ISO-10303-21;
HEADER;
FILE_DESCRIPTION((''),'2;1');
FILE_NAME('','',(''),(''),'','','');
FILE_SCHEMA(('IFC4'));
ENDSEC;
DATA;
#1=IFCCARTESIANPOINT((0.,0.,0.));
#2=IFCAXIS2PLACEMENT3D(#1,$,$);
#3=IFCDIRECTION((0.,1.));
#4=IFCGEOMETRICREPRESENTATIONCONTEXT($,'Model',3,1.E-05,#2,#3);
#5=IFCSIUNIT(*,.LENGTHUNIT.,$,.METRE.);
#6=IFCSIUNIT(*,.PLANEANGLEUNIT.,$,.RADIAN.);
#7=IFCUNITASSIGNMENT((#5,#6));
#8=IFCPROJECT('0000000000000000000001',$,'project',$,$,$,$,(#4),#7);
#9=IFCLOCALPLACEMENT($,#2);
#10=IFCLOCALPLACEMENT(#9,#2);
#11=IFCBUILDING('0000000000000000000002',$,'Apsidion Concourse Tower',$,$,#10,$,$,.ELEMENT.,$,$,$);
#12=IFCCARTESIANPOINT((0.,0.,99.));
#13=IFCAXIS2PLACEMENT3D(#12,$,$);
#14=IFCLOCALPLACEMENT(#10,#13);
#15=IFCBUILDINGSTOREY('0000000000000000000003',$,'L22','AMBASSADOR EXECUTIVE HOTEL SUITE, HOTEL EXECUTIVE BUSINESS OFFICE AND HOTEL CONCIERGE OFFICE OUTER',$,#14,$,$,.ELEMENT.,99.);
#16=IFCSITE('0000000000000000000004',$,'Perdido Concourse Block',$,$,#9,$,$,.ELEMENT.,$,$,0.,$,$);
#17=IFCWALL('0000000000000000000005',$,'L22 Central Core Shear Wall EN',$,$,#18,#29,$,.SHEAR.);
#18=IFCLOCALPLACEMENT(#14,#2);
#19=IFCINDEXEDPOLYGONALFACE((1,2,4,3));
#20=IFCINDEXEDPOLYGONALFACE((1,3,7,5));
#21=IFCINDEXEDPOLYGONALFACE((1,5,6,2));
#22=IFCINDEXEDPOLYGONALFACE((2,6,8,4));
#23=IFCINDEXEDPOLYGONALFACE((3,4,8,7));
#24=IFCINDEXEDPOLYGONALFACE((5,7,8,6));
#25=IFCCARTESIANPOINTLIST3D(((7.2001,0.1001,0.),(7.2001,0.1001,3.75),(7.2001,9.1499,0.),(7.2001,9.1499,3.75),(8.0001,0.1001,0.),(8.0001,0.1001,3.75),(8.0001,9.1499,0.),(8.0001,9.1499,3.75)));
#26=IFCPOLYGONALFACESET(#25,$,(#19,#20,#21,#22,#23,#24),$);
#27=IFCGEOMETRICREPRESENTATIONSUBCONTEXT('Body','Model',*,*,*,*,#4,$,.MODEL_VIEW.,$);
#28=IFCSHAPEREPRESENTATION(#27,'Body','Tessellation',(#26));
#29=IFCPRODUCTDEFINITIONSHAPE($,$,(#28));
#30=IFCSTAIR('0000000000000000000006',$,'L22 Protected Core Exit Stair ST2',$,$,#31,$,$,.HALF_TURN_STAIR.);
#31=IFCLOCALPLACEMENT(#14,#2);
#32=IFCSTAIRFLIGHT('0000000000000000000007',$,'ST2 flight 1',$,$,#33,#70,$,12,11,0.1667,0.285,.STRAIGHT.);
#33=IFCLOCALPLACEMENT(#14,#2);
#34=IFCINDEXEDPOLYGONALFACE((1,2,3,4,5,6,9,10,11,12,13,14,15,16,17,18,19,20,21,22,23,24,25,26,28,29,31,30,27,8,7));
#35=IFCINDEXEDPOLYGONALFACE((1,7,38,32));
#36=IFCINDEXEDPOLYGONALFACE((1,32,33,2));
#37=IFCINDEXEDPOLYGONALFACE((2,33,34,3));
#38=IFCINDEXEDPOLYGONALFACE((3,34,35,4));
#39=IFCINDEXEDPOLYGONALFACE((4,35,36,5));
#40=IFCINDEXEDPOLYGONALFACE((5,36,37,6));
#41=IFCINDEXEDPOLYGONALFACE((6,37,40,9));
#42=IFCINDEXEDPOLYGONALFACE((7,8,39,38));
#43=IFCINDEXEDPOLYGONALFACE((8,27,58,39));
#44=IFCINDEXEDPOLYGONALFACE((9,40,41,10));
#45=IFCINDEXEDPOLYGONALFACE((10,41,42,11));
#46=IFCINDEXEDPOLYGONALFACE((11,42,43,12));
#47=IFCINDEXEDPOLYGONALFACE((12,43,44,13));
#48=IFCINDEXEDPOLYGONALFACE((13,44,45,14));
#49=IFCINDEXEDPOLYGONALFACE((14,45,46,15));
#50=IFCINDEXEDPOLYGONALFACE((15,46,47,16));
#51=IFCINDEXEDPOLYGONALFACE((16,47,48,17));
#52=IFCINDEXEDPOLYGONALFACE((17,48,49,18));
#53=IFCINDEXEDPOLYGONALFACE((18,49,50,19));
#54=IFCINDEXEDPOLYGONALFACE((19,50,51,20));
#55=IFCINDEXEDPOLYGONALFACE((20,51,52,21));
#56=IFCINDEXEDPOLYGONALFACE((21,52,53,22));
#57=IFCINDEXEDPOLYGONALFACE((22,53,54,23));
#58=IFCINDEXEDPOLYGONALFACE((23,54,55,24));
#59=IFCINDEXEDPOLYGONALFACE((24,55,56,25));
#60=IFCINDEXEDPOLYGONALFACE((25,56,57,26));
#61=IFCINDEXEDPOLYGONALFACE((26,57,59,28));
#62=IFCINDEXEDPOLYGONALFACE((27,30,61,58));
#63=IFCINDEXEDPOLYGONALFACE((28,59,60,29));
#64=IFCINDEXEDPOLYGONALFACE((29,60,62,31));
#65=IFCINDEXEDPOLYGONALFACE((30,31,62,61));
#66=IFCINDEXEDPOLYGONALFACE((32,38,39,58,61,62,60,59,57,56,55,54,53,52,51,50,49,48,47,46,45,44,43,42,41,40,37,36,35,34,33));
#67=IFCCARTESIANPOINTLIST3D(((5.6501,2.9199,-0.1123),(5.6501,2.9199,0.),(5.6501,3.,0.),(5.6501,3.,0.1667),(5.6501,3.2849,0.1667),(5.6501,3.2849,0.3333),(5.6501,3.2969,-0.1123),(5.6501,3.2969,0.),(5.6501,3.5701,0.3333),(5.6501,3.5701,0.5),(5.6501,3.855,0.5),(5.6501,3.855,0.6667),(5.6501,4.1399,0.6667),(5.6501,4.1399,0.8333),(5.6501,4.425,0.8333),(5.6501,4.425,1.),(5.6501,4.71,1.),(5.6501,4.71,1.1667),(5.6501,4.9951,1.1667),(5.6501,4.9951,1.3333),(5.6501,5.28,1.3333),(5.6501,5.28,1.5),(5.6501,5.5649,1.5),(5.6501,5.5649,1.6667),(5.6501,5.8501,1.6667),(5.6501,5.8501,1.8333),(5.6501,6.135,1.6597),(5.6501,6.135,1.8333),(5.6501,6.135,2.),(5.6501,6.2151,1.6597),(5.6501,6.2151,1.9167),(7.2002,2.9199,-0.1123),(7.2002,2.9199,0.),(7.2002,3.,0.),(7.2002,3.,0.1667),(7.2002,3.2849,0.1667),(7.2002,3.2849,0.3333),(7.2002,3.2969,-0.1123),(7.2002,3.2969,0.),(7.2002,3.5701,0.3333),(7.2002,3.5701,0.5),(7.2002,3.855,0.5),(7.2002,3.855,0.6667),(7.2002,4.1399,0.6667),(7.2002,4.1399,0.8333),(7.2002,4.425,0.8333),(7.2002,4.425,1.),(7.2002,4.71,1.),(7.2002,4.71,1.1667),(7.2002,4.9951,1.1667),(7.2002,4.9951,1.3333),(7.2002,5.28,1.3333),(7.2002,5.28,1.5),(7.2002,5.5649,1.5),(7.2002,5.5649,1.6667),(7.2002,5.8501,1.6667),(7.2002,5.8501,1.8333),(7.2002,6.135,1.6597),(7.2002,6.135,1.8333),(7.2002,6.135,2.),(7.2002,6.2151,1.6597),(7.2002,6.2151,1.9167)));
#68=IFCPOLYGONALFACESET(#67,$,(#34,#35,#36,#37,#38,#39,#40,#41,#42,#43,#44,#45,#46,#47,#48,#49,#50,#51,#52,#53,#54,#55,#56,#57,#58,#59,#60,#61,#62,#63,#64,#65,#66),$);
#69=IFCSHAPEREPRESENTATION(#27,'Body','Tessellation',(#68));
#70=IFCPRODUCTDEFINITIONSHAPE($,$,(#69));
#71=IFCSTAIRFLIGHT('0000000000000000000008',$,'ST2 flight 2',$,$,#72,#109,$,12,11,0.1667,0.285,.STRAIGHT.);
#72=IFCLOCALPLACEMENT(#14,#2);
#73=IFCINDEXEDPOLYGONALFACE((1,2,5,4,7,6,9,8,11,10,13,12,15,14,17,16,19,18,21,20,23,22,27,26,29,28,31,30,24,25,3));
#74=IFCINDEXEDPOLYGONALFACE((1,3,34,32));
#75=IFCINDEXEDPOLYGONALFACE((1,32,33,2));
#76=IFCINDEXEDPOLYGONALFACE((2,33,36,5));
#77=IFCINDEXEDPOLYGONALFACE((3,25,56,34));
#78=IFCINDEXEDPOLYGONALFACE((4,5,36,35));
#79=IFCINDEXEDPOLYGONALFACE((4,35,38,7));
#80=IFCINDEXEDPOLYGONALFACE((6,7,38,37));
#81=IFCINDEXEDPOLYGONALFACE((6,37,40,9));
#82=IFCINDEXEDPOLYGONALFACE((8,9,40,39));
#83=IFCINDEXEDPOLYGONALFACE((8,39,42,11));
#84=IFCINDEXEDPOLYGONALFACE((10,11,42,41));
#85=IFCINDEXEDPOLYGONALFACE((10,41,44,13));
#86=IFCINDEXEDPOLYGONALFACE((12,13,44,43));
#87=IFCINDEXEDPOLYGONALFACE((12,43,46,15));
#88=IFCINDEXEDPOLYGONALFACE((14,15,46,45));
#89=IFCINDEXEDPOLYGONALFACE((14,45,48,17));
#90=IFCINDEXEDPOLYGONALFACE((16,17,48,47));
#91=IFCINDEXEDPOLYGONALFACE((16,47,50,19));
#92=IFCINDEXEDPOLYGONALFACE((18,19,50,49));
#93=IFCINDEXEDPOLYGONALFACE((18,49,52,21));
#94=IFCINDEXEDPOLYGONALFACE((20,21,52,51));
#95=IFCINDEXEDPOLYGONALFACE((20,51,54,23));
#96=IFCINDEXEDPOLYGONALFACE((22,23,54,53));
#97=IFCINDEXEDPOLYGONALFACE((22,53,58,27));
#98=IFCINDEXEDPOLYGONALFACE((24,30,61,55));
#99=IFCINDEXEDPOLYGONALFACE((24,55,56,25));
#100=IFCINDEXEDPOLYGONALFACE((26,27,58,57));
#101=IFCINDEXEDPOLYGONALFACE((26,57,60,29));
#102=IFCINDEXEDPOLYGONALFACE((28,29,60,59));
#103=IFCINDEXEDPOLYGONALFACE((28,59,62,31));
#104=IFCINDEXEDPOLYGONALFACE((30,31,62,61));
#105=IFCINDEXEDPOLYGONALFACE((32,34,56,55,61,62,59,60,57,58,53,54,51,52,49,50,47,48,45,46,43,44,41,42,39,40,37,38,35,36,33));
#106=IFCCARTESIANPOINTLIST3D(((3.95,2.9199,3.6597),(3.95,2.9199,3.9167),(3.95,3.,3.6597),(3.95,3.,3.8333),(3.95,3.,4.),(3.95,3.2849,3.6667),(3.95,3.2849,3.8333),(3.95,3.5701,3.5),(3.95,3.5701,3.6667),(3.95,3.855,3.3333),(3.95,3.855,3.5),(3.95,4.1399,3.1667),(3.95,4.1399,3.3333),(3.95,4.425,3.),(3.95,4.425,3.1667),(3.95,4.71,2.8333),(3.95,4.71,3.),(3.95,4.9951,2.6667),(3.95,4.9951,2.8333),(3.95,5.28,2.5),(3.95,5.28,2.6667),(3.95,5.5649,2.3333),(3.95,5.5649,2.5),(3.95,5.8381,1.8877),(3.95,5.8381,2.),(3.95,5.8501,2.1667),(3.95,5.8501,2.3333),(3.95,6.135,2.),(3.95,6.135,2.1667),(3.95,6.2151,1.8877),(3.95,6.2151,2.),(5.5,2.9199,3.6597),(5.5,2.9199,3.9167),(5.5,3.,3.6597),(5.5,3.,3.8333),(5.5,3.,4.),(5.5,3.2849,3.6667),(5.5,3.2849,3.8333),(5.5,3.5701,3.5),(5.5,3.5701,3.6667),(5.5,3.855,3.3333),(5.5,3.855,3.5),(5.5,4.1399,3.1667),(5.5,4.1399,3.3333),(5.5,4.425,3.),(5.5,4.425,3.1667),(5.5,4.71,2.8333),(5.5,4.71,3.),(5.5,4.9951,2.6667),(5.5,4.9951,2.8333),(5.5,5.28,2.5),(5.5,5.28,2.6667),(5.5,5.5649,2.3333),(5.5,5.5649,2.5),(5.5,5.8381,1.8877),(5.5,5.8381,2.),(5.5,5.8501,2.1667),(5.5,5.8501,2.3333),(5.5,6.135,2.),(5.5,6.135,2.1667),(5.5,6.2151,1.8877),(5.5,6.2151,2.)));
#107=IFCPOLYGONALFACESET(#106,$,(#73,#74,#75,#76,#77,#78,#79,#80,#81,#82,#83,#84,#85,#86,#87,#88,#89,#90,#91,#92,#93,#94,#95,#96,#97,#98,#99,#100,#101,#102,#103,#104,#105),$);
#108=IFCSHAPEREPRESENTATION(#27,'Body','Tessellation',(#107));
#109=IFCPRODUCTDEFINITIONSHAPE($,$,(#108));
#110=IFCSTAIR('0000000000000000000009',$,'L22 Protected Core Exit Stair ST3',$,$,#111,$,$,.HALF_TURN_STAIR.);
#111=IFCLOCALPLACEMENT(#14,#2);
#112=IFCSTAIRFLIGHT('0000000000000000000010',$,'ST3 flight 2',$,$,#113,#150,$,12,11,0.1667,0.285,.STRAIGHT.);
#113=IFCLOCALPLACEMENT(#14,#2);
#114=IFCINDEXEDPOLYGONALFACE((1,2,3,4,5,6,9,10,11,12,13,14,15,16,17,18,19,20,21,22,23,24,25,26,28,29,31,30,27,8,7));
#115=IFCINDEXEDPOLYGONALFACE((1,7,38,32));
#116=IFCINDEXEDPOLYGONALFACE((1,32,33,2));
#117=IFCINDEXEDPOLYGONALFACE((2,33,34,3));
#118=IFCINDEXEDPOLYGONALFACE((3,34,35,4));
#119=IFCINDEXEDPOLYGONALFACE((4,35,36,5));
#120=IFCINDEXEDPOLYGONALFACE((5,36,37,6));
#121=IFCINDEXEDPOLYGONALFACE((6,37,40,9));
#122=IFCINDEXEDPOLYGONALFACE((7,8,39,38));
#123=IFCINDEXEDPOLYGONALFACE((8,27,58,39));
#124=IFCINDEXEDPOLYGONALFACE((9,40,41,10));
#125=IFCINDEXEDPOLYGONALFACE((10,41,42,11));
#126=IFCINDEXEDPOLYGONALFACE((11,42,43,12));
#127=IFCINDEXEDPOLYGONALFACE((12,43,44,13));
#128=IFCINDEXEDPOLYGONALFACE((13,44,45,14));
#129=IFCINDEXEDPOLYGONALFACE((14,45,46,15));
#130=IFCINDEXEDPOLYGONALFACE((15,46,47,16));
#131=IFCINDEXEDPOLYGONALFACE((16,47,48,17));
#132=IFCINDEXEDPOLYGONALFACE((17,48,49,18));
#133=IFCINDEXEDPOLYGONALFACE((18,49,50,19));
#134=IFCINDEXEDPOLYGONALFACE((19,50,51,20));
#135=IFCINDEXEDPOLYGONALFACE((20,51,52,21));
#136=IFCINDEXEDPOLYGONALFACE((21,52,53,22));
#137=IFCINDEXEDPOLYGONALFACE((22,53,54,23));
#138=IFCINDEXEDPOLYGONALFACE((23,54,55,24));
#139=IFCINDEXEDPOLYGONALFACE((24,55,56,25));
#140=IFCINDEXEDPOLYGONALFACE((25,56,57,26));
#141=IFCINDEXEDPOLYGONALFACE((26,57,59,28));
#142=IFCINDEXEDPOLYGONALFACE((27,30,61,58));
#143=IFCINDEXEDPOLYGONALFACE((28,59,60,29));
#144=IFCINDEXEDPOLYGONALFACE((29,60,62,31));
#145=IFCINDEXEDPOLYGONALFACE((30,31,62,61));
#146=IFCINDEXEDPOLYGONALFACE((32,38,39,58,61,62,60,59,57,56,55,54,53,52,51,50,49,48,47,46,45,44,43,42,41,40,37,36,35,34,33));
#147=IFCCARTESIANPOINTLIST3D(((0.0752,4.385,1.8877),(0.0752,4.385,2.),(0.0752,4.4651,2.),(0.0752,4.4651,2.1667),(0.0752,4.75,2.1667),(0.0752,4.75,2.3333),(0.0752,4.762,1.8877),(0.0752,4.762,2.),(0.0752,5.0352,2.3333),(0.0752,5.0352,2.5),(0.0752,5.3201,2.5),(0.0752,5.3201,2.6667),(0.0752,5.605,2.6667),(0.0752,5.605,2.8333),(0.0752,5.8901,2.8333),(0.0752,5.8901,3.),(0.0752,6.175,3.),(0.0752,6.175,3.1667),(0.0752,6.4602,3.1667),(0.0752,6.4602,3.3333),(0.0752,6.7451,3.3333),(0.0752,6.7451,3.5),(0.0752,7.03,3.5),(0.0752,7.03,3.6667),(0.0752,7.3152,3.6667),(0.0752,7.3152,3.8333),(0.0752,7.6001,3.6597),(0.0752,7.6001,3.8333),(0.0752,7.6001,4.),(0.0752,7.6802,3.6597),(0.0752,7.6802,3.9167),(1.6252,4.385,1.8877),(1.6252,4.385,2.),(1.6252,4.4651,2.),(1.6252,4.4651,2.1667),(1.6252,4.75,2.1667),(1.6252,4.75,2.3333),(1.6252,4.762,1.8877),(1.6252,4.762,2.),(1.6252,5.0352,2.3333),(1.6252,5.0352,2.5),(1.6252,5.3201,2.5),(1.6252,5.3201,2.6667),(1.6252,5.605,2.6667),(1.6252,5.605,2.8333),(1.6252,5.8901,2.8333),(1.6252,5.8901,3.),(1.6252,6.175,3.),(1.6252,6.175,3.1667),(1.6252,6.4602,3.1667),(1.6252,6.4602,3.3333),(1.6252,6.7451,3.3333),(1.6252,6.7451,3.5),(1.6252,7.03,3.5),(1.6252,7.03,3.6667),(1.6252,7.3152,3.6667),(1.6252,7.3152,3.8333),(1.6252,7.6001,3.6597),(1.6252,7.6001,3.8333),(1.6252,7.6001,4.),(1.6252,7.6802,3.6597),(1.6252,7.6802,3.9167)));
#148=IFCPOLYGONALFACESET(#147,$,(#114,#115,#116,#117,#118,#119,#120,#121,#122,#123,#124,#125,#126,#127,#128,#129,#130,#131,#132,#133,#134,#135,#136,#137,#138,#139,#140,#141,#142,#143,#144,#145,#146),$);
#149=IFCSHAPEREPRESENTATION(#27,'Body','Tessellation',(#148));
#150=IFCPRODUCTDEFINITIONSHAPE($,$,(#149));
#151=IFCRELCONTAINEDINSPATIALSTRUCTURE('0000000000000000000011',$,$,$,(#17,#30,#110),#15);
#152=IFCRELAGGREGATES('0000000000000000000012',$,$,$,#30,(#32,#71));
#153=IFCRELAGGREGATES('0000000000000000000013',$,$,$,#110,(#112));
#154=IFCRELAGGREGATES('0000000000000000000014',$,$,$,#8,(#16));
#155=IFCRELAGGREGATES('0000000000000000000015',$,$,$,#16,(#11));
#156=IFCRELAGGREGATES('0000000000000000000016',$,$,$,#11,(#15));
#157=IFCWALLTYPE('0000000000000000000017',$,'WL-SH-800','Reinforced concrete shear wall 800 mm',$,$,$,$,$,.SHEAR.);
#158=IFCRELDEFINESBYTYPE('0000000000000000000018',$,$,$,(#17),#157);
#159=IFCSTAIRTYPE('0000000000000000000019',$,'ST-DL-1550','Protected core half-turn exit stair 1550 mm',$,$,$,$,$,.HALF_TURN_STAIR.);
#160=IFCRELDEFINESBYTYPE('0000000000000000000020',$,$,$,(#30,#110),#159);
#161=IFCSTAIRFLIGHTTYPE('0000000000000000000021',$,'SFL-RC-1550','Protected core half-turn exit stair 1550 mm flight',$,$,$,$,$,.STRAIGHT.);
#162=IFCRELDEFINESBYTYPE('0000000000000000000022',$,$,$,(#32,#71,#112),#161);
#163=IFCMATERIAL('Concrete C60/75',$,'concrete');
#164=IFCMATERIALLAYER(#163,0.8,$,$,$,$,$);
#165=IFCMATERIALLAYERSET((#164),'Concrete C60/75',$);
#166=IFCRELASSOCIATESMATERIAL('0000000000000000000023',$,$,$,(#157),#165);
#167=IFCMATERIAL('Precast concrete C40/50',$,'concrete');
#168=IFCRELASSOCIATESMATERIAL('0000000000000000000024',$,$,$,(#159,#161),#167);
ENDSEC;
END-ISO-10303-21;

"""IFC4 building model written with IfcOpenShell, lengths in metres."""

from ifc_helpers import new_model, si_unit, direction, frame, frame_2d, origin, place, context, subcontext, project, spatial, polyline, rectangle, outline, extrude, material, layer, layer_set, type_object, element, aggregate, save


model = new_model("IFC4")

# Units and contexts
model_context = context("Model", 3, precision=1e-05, world=origin(), true_north=direction((0.0, 1.0)))
body_context = subcontext(model_context, "Body", "Model", "MODEL_VIEW")
ifc_project = project(units=[si_unit("LENGTHUNIT", "METRE"), si_unit("PLANEANGLEUNIT", "RADIAN")], contexts=[model_context])

# Site, building, storey
site_placement = place(None, origin())
site = spatial("IfcSite", under=ifc_project, at=site_placement, Name="Perdido Concourse Block", CompositionType="ELEMENT", RefElevation=0.0)
building_placement = place(site_placement, origin())
building = spatial("IfcBuilding", under=site, at=building_placement, Name="Apsidion Concourse Tower", CompositionType="ELEMENT")
storey_placement = place(building_placement, frame((0.0, 0.0, 99.0)))
storey = spatial("IfcBuildingStorey", under=building, at=storey_placement, Name="L22", Description="AMBASSADOR EXECUTIVE HOTEL SUITE, HOTEL EXECUTIVE BUSINESS OFFICE AND HOTEL CONCIERGE OFFICE OUTER", CompositionType="ELEMENT", Elevation=99.0)

# Shared definitions
ifc_material_1 = material(Name="Concrete C60/75", Category="concrete")

# Wall
ifc_layer_1 = layer(ifc_material_1, 0.8)
ifc_layer_set_1 = layer_set([ifc_layer_1], Name="Concrete C60/75")
wall_type_1 = type_object("IfcWallType", Name="WL-SH-800", Description="Reinforced concrete shear wall 800 mm", PredefinedType="SHEAR", material=ifc_layer_set_1)
wall_1_placement = place(storey_placement, frame((7.6001, 0.1001, 0.0), z_axis=(0.0, 0.0, 1.0), x_axis=(0.0, 1.0, 0.0)))
element("IfcWall", 1, at=wall_1_placement, inside=storey, type_object=wall_type_1, Name="L22 Central Core Shear Wall EN", PredefinedType="SHEAR", context=body_context, shape_type="SweptSolid", body=[
    extrude(rectangle(XDim=9.0498, YDim=0.8, at=frame_2d((4.5249, 0.0))), origin(), (0.0, 0.0, 1.0), 3.75),
])

# Stair, stair flights
ifc_material_2 = material(Name="Precast concrete C40/50", Category="concrete")
stair_type = type_object("IfcStairType", Name="ST-DL-1550", Description="Protected core half-turn exit stair 1550 mm", PredefinedType="HALF_TURN_STAIR", material=ifc_material_2)
stair_1_placement = place(storey_placement, origin())
stair_1 = element("IfcStair", 2, at=stair_1_placement, inside=storey, type_object=stair_type, Name="L22 Protected Core Exit Stair ST2", PredefinedType="HALF_TURN_STAIR")
stair_flight_type = type_object("IfcStairFlightType", Name="SFL-RC-1550", Description="Protected core half-turn exit stair 1550 mm flight", PredefinedType="STRAIGHT", material=ifc_material_2)
stair_flight_1_placement = place(storey_placement, frame((6.425, 3.0, 0.0), z_axis=(0.0, 0.0, 1.0), x_axis=(0.0, 1.0, 0.0)))
stair_flight_1 = element("IfcStairFlight", 3, at=stair_flight_1_placement, type_object=stair_flight_type, Name="ST2 flight 1", NumberOfRisers=12, NumberOfTreads=11, PredefinedType="STRAIGHT", RiserHeight=0.1667, TreadLength=0.285, context=body_context, shape_type="SweptSolid", body=[
    extrude(outline(polyline([(-0.0801, -0.1123), (-0.0801, 0.0), (0.0, 0.0), (0.0, 0.1667), (0.2849, 0.1667), (0.2849, 0.3333), (0.5701, 0.3333), (0.5701, 0.5), (0.855, 0.5), (0.855, 0.6667), (1.1399, 0.6667), (1.1399, 0.8333), (1.425, 0.8333), (1.425, 1.0), (1.71, 1.0), (1.71, 1.1667), (1.9951, 1.1667), (1.9951, 1.3333), (2.28, 1.3333), (2.28, 1.5), (2.5649, 1.5), (2.5649, 1.6667), (2.8501, 1.6667), (2.8501, 1.8333), (3.135, 1.8333), (3.135, 2.0), (3.2151, 1.9167), (3.2151, 1.6597), (3.135, 1.6597), (0.2969, 0.0), (0.2969, -0.1123), (-0.0801, -0.1123)])), frame((0.0, 0.7749, 0.0), z_axis=(0.0, -1.0, 0.0), x_axis=(1.0, 0.0, 0.0)), (0.0, 0.0, 1.0), 1.55),
])
stair_flight_2_placement = place(storey_placement, frame((4.7251, 6.135, 2.0), z_axis=(0.0, 0.0, 1.0), x_axis=(0.0, -1.0, 0.0)))
stair_flight_2 = element("IfcStairFlight", 4, at=stair_flight_2_placement, type_object=stair_flight_type, Name="ST2 flight 2", NumberOfRisers=12, NumberOfTreads=11, PredefinedType="STRAIGHT", RiserHeight=0.1667, TreadLength=0.285, context=body_context, shape_type="SweptSolid", body=[
    extrude(outline(polyline([(-0.0801, -0.1123), (-0.0801, 0.0), (0.0, 0.0), (0.0, 0.1667), (0.2849, 0.1667), (0.2849, 0.3333), (0.5701, 0.3333), (0.5701, 0.5), (0.855, 0.5), (0.855, 0.6667), (1.1399, 0.6667), (1.1399, 0.8333), (1.425, 0.8333), (1.425, 1.0), (1.71, 1.0), (1.71, 1.1667), (1.9951, 1.1667), (1.9951, 1.3333), (2.28, 1.3333), (2.28, 1.5), (2.5649, 1.5), (2.5649, 1.6667), (2.8501, 1.6667), (2.8501, 1.8333), (3.135, 1.8333), (3.135, 2.0), (3.2151, 1.9167), (3.2151, 1.6597), (3.135, 1.6597), (0.2969, 0.0), (0.2969, -0.1123), (-0.0801, -0.1123)])), frame((0.0, 0.7749, 0.0), z_axis=(0.0, -1.0, 0.0), x_axis=(1.0, 0.0, 0.0)), (0.0, 0.0, 1.0), 1.55),
])
aggregate(stair_1, [stair_flight_1, stair_flight_2])

# Stair, stair flight
stair_2_placement = place(storey_placement, origin())
stair_2 = element("IfcStair", 5, at=stair_2_placement, inside=storey, type_object=stair_type, Name="L22 Protected Core Exit Stair ST3", PredefinedType="HALF_TURN_STAIR")
stair_flight_3_placement = place(storey_placement, frame((0.8501, 4.4651, 2.0), z_axis=(0.0, 0.0, 1.0), x_axis=(0.0, 1.0, 0.0)))
stair_flight_3 = element("IfcStairFlight", 6, at=stair_flight_3_placement, type_object=stair_flight_type, Name="ST3 flight 2", NumberOfRisers=12, NumberOfTreads=11, PredefinedType="STRAIGHT", RiserHeight=0.1667, TreadLength=0.285, context=body_context, shape_type="SweptSolid", body=[
    extrude(outline(polyline([(-0.0801, -0.1123), (-0.0801, 0.0), (0.0, 0.0), (0.0, 0.1667), (0.2849, 0.1667), (0.2849, 0.3333), (0.5701, 0.3333), (0.5701, 0.5), (0.855, 0.5), (0.855, 0.6667), (1.1399, 0.6667), (1.1399, 0.8333), (1.425, 0.8333), (1.425, 1.0), (1.71, 1.0), (1.71, 1.1667), (1.9951, 1.1667), (1.9951, 1.3333), (2.28, 1.3333), (2.28, 1.5), (2.5649, 1.5), (2.5649, 1.6667), (2.8501, 1.6667), (2.8501, 1.8333), (3.135, 1.8333), (3.135, 2.0), (3.2151, 1.9167), (3.2151, 1.6597), (3.135, 1.6597), (0.2969, 0.0), (0.2969, -0.1123), (-0.0801, -0.1123)])), frame((0.0, 0.7749, 0.0), z_axis=(0.0, -1.0, 0.0), x_axis=(1.0, 0.0, 0.0)), (0.0, 0.0, 1.0), 1.55),
])
aggregate(stair_2, [stair_flight_3])

save(model, "model.ifc")
